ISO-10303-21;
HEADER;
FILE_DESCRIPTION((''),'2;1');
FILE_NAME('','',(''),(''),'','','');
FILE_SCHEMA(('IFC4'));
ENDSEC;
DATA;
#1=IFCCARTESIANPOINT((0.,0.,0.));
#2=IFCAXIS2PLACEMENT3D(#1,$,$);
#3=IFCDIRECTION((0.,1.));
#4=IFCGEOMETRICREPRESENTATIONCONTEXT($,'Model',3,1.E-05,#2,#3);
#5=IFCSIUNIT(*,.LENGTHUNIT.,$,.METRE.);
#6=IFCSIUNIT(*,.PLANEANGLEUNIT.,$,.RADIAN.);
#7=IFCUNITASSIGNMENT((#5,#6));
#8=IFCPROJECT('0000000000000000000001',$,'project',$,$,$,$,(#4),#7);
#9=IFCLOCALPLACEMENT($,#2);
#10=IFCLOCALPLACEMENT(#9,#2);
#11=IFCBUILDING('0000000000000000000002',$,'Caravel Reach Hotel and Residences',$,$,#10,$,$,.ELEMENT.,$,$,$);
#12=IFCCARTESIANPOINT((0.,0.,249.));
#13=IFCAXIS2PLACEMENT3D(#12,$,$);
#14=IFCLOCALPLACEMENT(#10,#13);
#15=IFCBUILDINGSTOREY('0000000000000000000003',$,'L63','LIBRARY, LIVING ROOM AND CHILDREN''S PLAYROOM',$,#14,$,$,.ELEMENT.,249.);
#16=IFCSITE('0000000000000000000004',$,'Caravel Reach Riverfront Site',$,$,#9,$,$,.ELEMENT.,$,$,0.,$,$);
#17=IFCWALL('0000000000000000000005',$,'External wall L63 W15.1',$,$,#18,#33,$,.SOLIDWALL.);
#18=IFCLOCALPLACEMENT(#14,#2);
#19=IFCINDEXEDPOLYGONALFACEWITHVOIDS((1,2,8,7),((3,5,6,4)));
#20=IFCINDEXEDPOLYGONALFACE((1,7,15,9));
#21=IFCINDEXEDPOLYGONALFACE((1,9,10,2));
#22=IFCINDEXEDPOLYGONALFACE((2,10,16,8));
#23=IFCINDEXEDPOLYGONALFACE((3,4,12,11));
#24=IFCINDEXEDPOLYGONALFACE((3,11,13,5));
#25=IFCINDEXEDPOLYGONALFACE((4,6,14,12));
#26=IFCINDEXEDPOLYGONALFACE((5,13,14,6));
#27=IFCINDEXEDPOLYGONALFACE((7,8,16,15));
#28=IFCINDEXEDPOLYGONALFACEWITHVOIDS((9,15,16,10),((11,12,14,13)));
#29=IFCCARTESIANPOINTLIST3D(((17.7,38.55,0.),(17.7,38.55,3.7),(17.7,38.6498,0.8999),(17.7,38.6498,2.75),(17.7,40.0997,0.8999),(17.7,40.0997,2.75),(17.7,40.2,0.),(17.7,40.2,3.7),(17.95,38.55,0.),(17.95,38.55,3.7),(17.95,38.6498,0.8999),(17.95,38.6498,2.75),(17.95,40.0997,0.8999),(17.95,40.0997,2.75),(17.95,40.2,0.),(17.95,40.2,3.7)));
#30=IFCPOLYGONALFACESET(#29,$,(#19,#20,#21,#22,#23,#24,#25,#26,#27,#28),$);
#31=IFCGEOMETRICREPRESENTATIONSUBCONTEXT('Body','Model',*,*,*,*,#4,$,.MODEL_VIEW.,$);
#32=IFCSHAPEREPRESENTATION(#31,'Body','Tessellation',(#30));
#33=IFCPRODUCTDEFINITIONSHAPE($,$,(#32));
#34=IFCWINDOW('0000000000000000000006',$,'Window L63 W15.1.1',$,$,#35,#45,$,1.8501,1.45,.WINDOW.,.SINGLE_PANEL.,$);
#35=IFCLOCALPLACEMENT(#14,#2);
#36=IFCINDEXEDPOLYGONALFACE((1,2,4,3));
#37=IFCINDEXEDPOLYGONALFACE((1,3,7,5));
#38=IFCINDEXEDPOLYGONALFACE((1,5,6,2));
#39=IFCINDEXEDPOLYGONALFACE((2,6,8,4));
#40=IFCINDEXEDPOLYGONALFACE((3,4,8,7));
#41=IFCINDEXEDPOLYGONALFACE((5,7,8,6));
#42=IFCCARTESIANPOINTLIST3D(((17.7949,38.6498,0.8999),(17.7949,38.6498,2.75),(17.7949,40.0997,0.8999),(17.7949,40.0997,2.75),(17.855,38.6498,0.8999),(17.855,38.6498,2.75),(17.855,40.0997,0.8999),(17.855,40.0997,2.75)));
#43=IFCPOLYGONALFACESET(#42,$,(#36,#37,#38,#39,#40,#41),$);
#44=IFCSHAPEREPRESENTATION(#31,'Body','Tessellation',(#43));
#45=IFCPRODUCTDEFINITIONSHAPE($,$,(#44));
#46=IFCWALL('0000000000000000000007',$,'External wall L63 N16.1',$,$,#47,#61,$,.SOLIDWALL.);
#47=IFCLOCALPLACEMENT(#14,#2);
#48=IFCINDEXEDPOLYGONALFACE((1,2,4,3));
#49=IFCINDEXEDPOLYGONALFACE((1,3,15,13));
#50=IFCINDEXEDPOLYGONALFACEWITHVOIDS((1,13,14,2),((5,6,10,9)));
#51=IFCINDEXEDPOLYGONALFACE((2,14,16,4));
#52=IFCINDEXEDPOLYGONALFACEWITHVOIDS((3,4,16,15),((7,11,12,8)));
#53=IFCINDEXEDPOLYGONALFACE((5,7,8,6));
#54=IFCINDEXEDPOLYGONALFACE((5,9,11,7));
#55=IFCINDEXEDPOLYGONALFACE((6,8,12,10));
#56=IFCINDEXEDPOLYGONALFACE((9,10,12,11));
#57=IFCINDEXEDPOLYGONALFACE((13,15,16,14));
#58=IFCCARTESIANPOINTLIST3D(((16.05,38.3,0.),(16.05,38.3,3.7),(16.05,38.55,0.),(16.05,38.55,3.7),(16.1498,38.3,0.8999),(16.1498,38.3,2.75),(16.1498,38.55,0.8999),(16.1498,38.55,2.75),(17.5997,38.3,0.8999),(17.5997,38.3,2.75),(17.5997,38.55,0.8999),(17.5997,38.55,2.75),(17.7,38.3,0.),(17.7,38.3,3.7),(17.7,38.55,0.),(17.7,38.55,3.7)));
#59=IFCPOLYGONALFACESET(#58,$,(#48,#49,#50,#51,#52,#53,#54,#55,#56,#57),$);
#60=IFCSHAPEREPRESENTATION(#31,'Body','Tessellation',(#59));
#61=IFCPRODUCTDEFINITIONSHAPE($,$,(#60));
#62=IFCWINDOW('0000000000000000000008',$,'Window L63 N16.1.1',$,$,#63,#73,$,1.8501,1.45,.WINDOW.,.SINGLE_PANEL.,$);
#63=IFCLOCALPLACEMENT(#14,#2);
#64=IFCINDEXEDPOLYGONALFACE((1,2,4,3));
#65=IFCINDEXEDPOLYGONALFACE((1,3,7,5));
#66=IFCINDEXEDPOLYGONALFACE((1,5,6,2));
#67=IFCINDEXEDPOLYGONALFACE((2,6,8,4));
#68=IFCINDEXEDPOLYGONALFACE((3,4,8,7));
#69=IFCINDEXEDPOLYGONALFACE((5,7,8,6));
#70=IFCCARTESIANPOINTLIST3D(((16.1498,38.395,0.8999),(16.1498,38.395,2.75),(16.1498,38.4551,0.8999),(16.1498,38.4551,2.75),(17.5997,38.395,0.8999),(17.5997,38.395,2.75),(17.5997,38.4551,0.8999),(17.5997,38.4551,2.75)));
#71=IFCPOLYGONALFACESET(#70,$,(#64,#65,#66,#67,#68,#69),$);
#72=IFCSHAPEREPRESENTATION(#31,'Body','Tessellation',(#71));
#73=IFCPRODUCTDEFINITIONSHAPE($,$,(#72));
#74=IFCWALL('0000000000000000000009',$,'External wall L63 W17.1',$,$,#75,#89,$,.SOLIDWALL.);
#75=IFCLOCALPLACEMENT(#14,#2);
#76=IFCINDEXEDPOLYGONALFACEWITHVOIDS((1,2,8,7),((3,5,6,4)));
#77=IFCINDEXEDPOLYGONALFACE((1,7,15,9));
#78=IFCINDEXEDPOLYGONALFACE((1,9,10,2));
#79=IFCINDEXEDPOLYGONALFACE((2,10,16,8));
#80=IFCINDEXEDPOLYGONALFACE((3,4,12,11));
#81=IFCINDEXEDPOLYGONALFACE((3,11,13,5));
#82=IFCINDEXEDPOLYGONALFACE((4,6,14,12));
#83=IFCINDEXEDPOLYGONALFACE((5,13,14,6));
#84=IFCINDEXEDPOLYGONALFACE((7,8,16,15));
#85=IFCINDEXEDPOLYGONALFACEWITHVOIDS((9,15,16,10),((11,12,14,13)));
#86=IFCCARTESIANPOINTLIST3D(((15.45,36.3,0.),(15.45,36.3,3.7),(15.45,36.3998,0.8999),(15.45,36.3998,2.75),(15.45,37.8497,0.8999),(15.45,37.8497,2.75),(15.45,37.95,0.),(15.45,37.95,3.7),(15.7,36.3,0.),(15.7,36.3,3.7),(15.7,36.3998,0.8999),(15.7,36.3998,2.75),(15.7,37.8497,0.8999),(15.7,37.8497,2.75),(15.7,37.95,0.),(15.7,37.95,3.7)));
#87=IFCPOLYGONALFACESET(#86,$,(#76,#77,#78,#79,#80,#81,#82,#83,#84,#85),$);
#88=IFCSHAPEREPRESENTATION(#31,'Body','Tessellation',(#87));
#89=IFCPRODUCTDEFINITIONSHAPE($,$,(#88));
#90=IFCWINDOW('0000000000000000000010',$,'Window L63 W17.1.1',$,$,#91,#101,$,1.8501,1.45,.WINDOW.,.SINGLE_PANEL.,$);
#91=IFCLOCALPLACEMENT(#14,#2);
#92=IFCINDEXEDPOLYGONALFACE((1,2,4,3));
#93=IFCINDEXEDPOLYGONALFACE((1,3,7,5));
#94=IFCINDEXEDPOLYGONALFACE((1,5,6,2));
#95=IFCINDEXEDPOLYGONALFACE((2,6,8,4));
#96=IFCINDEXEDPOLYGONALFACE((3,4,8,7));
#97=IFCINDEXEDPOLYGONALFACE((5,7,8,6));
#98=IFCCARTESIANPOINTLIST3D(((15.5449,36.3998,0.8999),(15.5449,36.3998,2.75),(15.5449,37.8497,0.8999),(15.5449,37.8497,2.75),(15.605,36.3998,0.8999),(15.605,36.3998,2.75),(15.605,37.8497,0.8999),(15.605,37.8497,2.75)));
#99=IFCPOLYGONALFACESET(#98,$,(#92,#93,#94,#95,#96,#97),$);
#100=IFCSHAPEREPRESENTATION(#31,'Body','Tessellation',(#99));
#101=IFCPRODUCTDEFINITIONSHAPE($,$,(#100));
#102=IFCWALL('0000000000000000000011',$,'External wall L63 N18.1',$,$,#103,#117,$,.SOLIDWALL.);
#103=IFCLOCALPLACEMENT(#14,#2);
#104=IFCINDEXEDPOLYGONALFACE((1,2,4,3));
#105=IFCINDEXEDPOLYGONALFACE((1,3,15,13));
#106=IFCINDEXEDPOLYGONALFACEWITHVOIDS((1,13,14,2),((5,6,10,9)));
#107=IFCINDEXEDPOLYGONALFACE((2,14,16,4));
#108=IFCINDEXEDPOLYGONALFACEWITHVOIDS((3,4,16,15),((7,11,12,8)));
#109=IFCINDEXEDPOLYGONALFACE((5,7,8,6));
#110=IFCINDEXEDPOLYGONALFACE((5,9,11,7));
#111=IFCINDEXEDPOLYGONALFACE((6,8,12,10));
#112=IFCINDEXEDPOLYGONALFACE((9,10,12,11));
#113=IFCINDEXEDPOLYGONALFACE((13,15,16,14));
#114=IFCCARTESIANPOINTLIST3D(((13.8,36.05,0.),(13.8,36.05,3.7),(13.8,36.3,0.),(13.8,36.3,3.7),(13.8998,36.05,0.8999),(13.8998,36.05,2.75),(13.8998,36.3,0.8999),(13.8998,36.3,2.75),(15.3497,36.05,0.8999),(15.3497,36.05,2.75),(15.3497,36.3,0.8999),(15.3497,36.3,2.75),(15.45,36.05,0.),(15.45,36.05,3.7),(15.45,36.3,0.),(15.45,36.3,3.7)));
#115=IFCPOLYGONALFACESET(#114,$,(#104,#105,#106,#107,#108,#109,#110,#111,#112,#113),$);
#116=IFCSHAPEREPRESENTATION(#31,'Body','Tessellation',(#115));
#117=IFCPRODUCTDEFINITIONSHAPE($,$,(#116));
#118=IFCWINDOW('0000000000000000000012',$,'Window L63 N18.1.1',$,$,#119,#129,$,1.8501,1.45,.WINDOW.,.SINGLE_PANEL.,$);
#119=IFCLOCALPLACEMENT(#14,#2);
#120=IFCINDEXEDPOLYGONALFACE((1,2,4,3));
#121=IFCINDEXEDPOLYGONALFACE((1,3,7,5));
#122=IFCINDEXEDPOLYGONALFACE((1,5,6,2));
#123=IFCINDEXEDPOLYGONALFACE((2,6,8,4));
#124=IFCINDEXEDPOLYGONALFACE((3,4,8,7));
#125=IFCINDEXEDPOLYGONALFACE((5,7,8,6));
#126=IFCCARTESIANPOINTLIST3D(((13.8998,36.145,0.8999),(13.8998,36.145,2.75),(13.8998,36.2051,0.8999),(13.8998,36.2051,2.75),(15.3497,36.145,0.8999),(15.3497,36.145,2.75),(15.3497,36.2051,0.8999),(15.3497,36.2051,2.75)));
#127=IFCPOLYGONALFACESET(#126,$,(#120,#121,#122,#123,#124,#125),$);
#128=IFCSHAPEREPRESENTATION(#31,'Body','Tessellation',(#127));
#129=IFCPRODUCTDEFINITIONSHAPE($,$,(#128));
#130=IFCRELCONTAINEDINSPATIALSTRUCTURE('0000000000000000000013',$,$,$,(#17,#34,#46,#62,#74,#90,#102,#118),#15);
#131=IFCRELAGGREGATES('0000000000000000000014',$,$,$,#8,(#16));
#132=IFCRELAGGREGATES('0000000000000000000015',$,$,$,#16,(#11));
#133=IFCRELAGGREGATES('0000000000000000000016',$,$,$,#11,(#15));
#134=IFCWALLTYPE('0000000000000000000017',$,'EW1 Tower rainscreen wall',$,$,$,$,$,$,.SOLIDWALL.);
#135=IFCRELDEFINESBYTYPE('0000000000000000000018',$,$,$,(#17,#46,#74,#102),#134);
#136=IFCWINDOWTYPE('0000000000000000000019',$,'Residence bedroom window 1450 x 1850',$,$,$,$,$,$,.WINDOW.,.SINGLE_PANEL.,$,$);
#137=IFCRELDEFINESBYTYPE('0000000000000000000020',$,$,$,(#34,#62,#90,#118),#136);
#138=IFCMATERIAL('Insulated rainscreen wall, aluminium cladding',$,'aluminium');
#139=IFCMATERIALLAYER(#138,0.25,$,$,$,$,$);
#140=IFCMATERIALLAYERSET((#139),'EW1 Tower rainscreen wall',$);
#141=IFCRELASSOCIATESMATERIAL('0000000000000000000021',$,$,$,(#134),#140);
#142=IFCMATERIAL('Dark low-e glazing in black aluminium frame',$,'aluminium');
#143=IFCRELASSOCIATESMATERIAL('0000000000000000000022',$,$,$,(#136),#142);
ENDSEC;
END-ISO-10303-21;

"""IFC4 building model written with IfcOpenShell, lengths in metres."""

from ifc_helpers import new_model, si_unit, direction, frame, frame_2d, origin, place, context, subcontext, project, spatial, rectangle, extrude, material, layer, layer_set, type_object, element, fill, save


model = new_model("IFC4")

# Units and contexts
model_context = context("Model", 3, precision=1e-05, world=origin(), true_north=direction((0.0, 1.0)))
body_context = subcontext(model_context, "Body", "Model", "MODEL_VIEW")
ifc_project = project(units=[si_unit("LENGTHUNIT", "METRE"), si_unit("PLANEANGLEUNIT", "RADIAN")], contexts=[model_context])

# Site, building, storey
site_placement = place(None, origin())
site = spatial("IfcSite", under=ifc_project, at=site_placement, Name="Caravel Reach Riverfront Site", CompositionType="ELEMENT", RefElevation=0.0)
building_placement = place(site_placement, origin())
building = spatial("IfcBuilding", under=site, at=building_placement, Name="Caravel Reach Hotel and Residences", CompositionType="ELEMENT")
storey_placement = place(building_placement, frame((0.0, 0.0, 249.0)))
storey = spatial("IfcBuildingStorey", under=building, at=storey_placement, Name="L63", Description="LIBRARY, LIVING ROOM AND CHILDREN'S PLAYROOM", CompositionType="ELEMENT", Elevation=249.0)

# Walls, openings, windows
ifc_material_1 = material(Name="Insulated rainscreen wall, aluminium cladding", Category="aluminium")
ifc_layer_1 = layer(ifc_material_1, 0.25)
ifc_layer_set_1 = layer_set([ifc_layer_1], Name="EW1 Tower rainscreen wall")
wall_type_1 = type_object("IfcWallType", Name="EW1 Tower rainscreen wall", PredefinedType="SOLIDWALL", material=ifc_layer_set_1)
wall_1_placement = place(storey_placement, frame((17.825, 40.2, 0.0), z_axis=(0.0, 0.0, 1.0), x_axis=(0.0, -1.0, 0.0)))
wall_1 = element("IfcWall", 1, at=wall_1_placement, inside=storey, type_object=wall_type_1, Name="External wall L63 W15.1", PredefinedType="SOLIDWALL", context=body_context, shape_type="SweptSolid", body=[
    extrude(rectangle(XDim=1.6499, YDim=0.25, at=frame_2d((0.825, 0.0))), origin(), (0.0, 0.0, 1.0), 3.7),
])
opening_1_placement = place(wall_1_placement, frame((0.1001, 0.0, 0.8999)))
opening_1 = element("IfcOpeningElement", 2, at=opening_1_placement, cuts=wall_1, PredefinedType="OPENING", context=body_context, shape_type="SweptSolid", body=[
    extrude(rectangle(XDim=1.45, YDim=1.8501, at=frame_2d((0.7251, 0.925))), frame((0.0, 0.135, 0.0), z_axis=(0.0, -1.0, 0.0), x_axis=(1.0, 0.0, 0.0)), (0.0, 0.0, 1.0), 0.27),
])
ifc_material_2 = material(Name="Dark low-e glazing in black aluminium frame", Category="aluminium")
window_type_1 = type_object("IfcWindowType", Name="Residence bedroom window 1450 x 1850", PartitioningType="SINGLE_PANEL", PredefinedType="WINDOW", material=ifc_material_2)
window_1_placement = place(opening_1_placement, origin())
window_1 = element("IfcWindow", 3, at=window_1_placement, inside=storey, type_object=window_type_1, Name="Window L63 W15.1.1", OverallHeight=1.8501, OverallWidth=1.45, PartitioningType="SINGLE_PANEL", PredefinedType="WINDOW", context=body_context, shape_type="SweptSolid", body=[
    extrude(rectangle(XDim=1.45, YDim=1.8501, at=frame_2d((0.7251, 0.925))), frame((0.0, 0.03, 0.0), z_axis=(0.0, -1.0, 0.0), x_axis=(1.0, 0.0, 0.0)), (0.0, 0.0, 1.0), 0.0601),
])
fill(opening_1, window_1)
wall_2_placement = place(storey_placement, frame((17.7, 38.425, 0.0), z_axis=(0.0, 0.0, 1.0), x_axis=(-1.0, 0.0, 0.0)))
wall_2 = element("IfcWall", 4, at=wall_2_placement, inside=storey, type_object=wall_type_1, Name="External wall L63 N16.1", PredefinedType="SOLIDWALL", context=body_context, shape_type="SweptSolid", body=[
    extrude(rectangle(XDim=1.6499, YDim=0.25, at=frame_2d((0.825, 0.0))), origin(), (0.0, 0.0, 1.0), 3.7),
])
opening_2_placement = place(wall_2_placement, frame((0.1001, 0.0, 0.8999)))
opening_2 = element("IfcOpeningElement", 5, at=opening_2_placement, cuts=wall_2, PredefinedType="OPENING", context=body_context, shape_type="SweptSolid", body=[
    extrude(rectangle(XDim=1.45, YDim=1.8501, at=frame_2d((0.7251, 0.925))), frame((0.0, 0.135, 0.0), z_axis=(0.0, -1.0, 0.0), x_axis=(1.0, 0.0, 0.0)), (0.0, 0.0, 1.0), 0.27),
])
window_2_placement = place(opening_2_placement, origin())
window_2 = element("IfcWindow", 6, at=window_2_placement, inside=storey, type_object=window_type_1, Name="Window L63 N16.1.1", OverallHeight=1.8501, OverallWidth=1.45, PartitioningType="SINGLE_PANEL", PredefinedType="WINDOW", context=body_context, shape_type="SweptSolid", body=[
    extrude(rectangle(XDim=1.45, YDim=1.8501, at=frame_2d((0.7251, 0.925))), frame((0.0, 0.03, 0.0), z_axis=(0.0, -1.0, 0.0), x_axis=(1.0, 0.0, 0.0)), (0.0, 0.0, 1.0), 0.0601),
])
fill(opening_2, window_2)
wall_3_placement = place(storey_placement, frame((15.575, 37.95, 0.0), z_axis=(0.0, 0.0, 1.0), x_axis=(0.0, -1.0, 0.0)))
wall_3 = element("IfcWall", 7, at=wall_3_placement, inside=storey, type_object=wall_type_1, Name="External wall L63 W17.1", PredefinedType="SOLIDWALL", context=body_context, shape_type="SweptSolid", body=[
    extrude(rectangle(XDim=1.6499, YDim=0.25, at=frame_2d((0.825, 0.0))), origin(), (0.0, 0.0, 1.0), 3.7),
])
opening_3_placement = place(wall_3_placement, frame((0.1001, 0.0, 0.8999)))
opening_3 = element("IfcOpeningElement", 8, at=opening_3_placement, cuts=wall_3, PredefinedType="OPENING", context=body_context, shape_type="SweptSolid", body=[
    extrude(rectangle(XDim=1.45, YDim=1.8501, at=frame_2d((0.7251, 0.925))), frame((0.0, 0.135, 0.0), z_axis=(0.0, -1.0, 0.0), x_axis=(1.0, 0.0, 0.0)), (0.0, 0.0, 1.0), 0.27),
])
window_3_placement = place(opening_3_placement, origin())
window_3 = element("IfcWindow", 9, at=window_3_placement, inside=storey, type_object=window_type_1, Name="Window L63 W17.1.1", OverallHeight=1.8501, OverallWidth=1.45, PartitioningType="SINGLE_PANEL", PredefinedType="WINDOW", context=body_context, shape_type="SweptSolid", body=[
    extrude(rectangle(XDim=1.45, YDim=1.8501, at=frame_2d((0.7251, 0.925))), frame((0.0, 0.03, 0.0), z_axis=(0.0, -1.0, 0.0), x_axis=(1.0, 0.0, 0.0)), (0.0, 0.0, 1.0), 0.0601),
])
fill(opening_3, window_3)
wall_4_placement = place(storey_placement, frame((15.45, 36.175, 0.0), z_axis=(0.0, 0.0, 1.0), x_axis=(-1.0, 0.0, 0.0)))
wall_4 = element("IfcWall", 10, at=wall_4_placement, inside=storey, type_object=wall_type_1, Name="External wall L63 N18.1", PredefinedType="SOLIDWALL", context=body_context, shape_type="SweptSolid", body=[
    extrude(rectangle(XDim=1.6499, YDim=0.25, at=frame_2d((0.825, 0.0))), origin(), (0.0, 0.0, 1.0), 3.7),
])
opening_4_placement = place(wall_4_placement, frame((0.1001, 0.0, 0.8999)))
opening_4 = element("IfcOpeningElement", 11, at=opening_4_placement, cuts=wall_4, PredefinedType="OPENING", context=body_context, shape_type="SweptSolid", body=[
    extrude(rectangle(XDim=1.45, YDim=1.8501, at=frame_2d((0.7251, 0.925))), frame((0.0, 0.135, 0.0), z_axis=(0.0, -1.0, 0.0), x_axis=(1.0, 0.0, 0.0)), (0.0, 0.0, 1.0), 0.27),
])
window_4_placement = place(opening_4_placement, origin())
window_4 = element("IfcWindow", 12, at=window_4_placement, inside=storey, type_object=window_type_1, Name="Window L63 N18.1.1", OverallHeight=1.8501, OverallWidth=1.45, PartitioningType="SINGLE_PANEL", PredefinedType="WINDOW", context=body_context, shape_type="SweptSolid", body=[
    extrude(rectangle(XDim=1.45, YDim=1.8501, at=frame_2d((0.7251, 0.925))), frame((0.0, 0.03, 0.0), z_axis=(0.0, -1.0, 0.0), x_axis=(1.0, 0.0, 0.0)), (0.0, 0.0, 1.0), 0.0601),
])
fill(opening_4, window_4)

save(model, "model.ifc")
